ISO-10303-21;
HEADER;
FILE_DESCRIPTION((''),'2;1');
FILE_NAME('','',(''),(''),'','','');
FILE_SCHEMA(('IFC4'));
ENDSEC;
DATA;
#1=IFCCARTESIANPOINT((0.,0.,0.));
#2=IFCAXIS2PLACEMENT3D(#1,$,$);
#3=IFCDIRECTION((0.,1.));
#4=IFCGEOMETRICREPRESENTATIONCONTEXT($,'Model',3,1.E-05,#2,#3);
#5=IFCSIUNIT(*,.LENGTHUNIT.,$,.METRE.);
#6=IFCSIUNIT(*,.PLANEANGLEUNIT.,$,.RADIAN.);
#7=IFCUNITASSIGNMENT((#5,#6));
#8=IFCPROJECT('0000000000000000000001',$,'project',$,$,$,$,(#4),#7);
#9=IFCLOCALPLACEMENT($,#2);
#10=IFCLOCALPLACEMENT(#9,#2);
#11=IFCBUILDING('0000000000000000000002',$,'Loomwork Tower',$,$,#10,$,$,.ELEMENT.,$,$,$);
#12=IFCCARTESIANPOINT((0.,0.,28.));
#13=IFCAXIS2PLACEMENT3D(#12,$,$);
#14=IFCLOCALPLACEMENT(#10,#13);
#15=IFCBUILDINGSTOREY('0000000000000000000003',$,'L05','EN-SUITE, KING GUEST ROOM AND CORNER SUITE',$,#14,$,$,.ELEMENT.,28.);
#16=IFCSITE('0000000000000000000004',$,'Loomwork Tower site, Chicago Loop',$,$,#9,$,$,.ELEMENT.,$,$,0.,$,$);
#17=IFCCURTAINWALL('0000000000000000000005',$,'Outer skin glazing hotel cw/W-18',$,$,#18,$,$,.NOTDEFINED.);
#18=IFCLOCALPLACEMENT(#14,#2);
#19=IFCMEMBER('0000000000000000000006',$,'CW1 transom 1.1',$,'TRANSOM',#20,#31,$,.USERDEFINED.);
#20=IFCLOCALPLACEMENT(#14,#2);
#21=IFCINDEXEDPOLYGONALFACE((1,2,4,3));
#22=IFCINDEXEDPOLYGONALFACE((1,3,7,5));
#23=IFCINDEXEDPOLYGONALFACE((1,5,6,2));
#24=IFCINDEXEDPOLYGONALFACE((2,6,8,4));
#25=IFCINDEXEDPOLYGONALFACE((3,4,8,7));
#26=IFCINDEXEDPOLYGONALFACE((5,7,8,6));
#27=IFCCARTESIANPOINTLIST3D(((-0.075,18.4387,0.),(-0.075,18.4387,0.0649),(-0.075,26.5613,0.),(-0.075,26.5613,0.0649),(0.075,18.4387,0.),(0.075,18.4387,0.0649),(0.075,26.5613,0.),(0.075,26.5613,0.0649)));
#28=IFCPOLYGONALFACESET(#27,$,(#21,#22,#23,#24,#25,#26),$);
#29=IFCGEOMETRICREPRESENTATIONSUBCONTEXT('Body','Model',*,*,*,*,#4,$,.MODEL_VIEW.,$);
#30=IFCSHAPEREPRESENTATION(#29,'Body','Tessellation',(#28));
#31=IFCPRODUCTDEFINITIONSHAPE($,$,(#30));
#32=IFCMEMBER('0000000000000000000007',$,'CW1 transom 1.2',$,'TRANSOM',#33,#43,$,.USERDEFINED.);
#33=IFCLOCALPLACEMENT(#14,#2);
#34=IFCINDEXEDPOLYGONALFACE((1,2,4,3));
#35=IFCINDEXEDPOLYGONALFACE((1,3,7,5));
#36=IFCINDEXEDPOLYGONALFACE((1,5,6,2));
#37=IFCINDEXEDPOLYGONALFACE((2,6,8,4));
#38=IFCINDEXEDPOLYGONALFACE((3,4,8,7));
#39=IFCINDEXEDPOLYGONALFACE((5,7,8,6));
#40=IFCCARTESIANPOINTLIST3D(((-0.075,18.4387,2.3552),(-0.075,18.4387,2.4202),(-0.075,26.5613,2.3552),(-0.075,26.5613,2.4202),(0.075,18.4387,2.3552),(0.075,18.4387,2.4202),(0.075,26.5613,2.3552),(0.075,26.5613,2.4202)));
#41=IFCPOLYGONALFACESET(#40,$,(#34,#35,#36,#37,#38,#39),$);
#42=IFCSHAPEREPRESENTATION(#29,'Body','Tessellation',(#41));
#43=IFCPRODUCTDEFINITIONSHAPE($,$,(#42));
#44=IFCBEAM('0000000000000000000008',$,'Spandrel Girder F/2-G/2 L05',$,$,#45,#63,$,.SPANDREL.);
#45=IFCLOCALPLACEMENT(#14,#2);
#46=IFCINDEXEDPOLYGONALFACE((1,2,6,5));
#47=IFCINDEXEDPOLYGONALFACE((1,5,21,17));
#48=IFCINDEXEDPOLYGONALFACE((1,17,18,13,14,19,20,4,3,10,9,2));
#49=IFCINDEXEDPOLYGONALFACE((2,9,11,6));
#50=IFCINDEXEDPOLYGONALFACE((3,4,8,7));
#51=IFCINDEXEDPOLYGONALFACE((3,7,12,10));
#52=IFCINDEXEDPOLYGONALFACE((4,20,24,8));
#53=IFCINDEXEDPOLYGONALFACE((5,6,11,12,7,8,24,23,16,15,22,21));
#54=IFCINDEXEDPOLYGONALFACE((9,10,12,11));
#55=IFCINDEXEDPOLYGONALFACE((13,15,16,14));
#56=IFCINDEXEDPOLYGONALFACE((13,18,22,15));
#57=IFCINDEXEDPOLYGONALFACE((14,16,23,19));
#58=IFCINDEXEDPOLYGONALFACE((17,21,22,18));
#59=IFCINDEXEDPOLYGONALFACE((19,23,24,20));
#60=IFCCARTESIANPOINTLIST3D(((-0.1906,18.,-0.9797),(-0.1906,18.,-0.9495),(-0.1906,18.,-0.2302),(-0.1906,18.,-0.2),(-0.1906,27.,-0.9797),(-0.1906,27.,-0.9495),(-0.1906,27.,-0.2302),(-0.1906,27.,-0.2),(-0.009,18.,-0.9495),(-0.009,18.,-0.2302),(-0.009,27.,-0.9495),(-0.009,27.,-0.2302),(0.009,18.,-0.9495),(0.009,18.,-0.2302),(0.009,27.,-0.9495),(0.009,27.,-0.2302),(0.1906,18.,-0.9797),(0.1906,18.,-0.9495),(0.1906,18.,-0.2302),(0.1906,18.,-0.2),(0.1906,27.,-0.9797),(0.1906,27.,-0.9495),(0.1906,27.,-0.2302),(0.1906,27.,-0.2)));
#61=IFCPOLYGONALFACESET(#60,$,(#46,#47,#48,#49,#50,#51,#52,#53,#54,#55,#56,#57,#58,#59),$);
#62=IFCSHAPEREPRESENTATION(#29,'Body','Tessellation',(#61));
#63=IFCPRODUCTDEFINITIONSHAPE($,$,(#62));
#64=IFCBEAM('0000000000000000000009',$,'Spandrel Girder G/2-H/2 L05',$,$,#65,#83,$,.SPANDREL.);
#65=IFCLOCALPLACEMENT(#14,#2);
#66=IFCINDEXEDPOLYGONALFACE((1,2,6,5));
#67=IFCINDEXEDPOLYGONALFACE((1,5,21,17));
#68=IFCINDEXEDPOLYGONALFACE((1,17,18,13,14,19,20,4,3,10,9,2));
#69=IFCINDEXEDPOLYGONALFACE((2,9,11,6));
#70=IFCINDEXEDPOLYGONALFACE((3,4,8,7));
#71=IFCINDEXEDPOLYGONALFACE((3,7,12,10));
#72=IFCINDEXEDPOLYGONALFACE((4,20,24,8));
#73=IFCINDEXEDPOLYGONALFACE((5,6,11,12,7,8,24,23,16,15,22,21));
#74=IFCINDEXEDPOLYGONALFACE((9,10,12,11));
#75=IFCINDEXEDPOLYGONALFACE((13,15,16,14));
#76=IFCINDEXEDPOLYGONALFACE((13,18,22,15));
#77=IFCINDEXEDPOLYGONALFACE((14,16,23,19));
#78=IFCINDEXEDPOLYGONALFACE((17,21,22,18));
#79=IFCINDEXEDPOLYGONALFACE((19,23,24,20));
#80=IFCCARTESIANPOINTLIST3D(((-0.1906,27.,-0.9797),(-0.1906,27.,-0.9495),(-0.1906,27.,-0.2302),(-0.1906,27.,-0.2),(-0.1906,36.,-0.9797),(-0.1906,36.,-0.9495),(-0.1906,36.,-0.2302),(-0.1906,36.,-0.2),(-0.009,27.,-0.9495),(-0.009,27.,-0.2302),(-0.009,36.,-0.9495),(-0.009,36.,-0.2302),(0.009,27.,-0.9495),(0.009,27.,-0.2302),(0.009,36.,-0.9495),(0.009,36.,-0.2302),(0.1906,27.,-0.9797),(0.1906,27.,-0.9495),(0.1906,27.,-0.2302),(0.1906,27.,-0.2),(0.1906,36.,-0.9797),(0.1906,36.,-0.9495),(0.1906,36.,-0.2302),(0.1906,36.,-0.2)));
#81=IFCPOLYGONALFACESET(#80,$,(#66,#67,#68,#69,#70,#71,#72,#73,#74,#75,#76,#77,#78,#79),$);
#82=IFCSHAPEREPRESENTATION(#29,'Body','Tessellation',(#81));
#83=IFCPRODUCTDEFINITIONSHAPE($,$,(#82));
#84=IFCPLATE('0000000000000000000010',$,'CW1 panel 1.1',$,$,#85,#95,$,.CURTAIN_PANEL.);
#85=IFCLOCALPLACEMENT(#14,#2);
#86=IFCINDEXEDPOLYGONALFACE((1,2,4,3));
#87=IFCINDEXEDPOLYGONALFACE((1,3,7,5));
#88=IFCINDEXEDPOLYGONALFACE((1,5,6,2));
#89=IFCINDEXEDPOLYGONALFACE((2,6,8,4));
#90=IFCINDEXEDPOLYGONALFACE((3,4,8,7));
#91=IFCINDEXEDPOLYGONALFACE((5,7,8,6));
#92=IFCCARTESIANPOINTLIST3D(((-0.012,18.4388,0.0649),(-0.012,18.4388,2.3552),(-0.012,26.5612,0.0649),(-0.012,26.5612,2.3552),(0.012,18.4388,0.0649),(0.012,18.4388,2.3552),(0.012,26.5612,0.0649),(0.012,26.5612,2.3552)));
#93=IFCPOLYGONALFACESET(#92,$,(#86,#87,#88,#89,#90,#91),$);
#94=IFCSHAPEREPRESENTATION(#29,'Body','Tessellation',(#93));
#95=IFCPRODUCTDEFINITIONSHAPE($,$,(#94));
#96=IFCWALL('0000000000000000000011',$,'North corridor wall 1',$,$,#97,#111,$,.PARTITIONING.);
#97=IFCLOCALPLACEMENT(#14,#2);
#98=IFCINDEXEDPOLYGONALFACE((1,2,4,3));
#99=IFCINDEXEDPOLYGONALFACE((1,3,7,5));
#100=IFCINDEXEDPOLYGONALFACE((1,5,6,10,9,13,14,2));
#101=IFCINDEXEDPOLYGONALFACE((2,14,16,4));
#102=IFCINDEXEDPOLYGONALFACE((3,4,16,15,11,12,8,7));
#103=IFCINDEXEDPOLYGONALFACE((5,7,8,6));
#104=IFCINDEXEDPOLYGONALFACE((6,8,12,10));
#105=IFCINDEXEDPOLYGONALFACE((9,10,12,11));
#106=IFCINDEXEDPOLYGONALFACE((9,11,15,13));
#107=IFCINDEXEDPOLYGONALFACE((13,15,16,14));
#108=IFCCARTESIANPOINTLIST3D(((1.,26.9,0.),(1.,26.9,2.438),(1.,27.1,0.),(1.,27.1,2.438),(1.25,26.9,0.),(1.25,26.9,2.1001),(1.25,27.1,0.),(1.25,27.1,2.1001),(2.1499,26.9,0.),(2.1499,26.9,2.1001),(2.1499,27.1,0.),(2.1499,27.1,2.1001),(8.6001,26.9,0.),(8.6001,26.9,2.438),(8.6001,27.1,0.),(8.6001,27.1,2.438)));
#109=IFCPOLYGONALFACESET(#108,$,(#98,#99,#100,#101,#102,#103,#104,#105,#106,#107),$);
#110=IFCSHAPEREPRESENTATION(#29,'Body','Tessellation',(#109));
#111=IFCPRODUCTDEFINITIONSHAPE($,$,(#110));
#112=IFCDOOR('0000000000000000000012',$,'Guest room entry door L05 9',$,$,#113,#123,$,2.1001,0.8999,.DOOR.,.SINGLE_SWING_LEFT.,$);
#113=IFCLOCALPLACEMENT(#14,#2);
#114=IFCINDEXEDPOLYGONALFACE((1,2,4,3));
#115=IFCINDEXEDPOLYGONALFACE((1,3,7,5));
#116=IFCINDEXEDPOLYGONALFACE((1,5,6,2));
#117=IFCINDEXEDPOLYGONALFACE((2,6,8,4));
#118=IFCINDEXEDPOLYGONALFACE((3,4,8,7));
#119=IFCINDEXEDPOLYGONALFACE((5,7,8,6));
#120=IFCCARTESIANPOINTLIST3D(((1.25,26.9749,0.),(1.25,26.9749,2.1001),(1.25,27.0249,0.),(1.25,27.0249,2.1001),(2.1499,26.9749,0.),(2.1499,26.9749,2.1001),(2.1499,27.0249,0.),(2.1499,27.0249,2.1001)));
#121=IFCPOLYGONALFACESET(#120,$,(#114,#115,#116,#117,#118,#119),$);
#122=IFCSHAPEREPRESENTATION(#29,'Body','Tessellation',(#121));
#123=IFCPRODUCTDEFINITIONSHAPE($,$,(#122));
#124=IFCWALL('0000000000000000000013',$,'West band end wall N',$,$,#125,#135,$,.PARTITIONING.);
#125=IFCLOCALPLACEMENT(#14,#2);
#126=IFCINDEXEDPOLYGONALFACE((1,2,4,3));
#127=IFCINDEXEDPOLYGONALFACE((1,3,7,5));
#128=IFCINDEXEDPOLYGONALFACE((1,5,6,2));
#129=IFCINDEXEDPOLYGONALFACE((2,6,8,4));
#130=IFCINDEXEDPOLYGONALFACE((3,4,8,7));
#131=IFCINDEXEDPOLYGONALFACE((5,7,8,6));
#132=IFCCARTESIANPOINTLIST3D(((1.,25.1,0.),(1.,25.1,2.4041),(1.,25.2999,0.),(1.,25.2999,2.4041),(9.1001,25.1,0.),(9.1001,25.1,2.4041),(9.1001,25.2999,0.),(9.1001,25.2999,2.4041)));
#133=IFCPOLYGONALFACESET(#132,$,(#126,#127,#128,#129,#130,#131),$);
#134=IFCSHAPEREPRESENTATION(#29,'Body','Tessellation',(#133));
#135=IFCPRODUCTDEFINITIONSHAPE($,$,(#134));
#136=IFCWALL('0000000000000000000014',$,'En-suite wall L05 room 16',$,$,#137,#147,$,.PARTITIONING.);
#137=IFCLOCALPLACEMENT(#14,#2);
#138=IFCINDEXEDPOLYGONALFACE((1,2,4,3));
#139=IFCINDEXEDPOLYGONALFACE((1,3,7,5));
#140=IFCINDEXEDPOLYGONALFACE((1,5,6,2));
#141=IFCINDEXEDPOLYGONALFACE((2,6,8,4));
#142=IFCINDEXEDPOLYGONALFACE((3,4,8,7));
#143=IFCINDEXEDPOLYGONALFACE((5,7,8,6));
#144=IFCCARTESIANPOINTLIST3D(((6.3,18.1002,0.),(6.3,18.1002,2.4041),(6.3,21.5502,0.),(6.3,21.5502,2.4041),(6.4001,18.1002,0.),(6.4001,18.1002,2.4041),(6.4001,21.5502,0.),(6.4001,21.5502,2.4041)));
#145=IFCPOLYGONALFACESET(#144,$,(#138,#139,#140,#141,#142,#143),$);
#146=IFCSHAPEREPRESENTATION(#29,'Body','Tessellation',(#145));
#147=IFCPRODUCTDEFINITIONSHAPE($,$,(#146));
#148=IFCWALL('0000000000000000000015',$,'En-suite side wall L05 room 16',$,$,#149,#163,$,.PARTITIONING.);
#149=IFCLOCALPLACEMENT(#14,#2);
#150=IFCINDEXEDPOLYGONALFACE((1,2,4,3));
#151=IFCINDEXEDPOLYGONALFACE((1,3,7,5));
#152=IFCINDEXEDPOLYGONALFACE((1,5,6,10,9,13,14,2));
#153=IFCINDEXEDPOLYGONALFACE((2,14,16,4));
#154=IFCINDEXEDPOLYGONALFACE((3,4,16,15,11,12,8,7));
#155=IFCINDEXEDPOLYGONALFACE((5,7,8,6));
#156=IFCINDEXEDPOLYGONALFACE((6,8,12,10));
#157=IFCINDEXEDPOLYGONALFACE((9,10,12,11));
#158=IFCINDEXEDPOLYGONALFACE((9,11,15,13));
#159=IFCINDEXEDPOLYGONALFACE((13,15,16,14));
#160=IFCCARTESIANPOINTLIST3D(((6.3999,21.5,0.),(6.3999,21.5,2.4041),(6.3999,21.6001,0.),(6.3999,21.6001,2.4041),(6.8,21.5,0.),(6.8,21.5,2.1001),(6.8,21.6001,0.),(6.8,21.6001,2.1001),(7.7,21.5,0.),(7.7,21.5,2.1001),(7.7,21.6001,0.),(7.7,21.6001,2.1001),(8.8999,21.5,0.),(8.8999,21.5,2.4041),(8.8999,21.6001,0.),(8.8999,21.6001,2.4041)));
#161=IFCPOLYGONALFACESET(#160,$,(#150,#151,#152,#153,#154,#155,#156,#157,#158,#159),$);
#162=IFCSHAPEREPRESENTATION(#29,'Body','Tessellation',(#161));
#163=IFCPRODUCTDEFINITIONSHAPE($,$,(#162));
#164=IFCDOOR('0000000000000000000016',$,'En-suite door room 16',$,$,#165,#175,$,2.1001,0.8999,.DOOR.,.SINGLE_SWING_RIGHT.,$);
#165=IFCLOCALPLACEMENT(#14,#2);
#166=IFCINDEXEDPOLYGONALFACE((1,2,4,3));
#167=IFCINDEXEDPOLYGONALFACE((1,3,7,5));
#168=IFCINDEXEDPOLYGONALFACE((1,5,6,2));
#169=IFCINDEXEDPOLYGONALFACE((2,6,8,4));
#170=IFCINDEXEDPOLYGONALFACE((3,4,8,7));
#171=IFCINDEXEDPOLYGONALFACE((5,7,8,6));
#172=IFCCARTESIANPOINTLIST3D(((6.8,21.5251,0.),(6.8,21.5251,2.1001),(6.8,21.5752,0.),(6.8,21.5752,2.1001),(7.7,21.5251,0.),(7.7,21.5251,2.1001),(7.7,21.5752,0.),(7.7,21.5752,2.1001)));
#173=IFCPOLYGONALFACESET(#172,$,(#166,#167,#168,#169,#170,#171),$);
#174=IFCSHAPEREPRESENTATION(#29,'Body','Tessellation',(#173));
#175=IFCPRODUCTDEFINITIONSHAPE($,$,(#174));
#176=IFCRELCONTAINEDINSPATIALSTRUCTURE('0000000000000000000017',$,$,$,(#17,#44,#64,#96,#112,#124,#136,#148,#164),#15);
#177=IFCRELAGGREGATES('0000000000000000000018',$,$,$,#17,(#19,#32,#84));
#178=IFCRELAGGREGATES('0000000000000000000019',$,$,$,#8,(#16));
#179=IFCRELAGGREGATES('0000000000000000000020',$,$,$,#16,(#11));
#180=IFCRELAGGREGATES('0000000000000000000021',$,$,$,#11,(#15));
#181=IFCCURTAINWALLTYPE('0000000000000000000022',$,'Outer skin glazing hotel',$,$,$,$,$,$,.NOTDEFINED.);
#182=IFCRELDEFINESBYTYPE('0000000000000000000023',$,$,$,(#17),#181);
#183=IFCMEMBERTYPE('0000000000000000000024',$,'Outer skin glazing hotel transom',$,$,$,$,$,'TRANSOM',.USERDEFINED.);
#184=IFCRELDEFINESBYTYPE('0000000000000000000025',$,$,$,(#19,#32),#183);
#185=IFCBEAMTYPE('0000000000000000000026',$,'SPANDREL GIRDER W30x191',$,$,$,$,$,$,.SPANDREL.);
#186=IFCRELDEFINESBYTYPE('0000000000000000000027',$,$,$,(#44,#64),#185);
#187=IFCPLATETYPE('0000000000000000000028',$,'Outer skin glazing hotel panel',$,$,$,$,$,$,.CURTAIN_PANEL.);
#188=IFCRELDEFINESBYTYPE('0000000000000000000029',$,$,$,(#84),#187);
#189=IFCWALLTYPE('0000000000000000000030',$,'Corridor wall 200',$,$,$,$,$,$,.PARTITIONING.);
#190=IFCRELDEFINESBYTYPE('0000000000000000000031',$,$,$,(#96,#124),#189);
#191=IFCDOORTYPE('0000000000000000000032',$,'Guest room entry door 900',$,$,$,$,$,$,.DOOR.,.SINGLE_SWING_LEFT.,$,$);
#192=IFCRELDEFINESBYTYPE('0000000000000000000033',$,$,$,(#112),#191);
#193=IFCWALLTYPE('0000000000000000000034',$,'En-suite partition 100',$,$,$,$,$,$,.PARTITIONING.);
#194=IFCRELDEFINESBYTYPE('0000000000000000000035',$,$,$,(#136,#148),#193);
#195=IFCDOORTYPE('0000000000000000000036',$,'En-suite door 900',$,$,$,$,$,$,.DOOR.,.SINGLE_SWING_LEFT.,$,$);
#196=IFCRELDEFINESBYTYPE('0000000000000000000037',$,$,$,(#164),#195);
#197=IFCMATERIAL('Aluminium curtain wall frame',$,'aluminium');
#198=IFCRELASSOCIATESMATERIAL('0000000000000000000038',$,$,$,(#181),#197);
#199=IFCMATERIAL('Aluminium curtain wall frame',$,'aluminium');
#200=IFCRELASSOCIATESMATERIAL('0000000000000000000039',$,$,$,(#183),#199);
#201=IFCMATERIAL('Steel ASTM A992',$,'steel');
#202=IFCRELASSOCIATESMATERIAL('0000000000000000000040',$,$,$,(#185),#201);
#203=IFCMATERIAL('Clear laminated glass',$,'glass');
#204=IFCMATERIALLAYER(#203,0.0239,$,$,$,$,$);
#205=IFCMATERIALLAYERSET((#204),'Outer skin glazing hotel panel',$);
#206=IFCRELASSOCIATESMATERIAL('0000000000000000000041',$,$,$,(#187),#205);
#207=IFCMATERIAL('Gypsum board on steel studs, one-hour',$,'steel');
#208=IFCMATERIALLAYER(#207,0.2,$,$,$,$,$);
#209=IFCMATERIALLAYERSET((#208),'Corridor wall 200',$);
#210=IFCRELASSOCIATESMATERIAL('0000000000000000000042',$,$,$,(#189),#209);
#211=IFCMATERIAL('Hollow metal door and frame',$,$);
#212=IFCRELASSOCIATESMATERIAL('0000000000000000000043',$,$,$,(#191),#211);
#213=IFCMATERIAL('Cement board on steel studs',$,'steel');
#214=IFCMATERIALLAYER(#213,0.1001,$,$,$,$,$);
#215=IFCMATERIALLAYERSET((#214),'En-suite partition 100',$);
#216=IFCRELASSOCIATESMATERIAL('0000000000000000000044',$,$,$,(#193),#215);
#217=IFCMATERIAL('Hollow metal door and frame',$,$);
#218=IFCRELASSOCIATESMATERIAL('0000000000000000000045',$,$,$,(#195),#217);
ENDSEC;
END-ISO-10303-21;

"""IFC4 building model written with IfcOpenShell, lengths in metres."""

from ifc_helpers import new_model, si_unit, direction, frame, frame_2d, origin, origin_2d, place, context, subcontext, project, spatial, rectangle, i_section, extrude, material, layer, layer_set, material_profile, profile_set, type_object, element, fill, aggregate, save


model = new_model("IFC4")

# Units and contexts
model_context = context("Model", 3, precision=1e-05, world=origin(), true_north=direction((0.0, 1.0)))
body_context = subcontext(model_context, "Body", "Model", "MODEL_VIEW")
ifc_project = project(units=[si_unit("LENGTHUNIT", "METRE"), si_unit("PLANEANGLEUNIT", "RADIAN")], contexts=[model_context])

# Site, building, storey
site_placement = place(None, origin())
site = spatial("IfcSite", under=ifc_project, at=site_placement, Name="Loomwork Tower site, Chicago Loop", CompositionType="ELEMENT", RefElevation=0.0)
building_placement = place(site_placement, origin())
building = spatial("IfcBuilding", under=site, at=building_placement, Name="Loomwork Tower", CompositionType="ELEMENT")
storey_placement = place(building_placement, frame((0.0, 0.0, 28.0)))
storey = spatial("IfcBuildingStorey", under=building, at=storey_placement, Name="L05", Description="EN-SUITE, KING GUEST ROOM AND CORNER SUITE", CompositionType="ELEMENT", Elevation=28.0)

# Curtain wall, members
ifc_material_1 = material(Name="Aluminium curtain wall frame", Category="aluminium")
curtain_wall_type = type_object("IfcCurtainWallType", Name="Outer skin glazing hotel", PredefinedType="NOTDEFINED", material=ifc_material_1)
curtain_wall_placement = place(storey_placement, origin())
curtain_wall = element("IfcCurtainWall", 1, at=curtain_wall_placement, inside=storey, type_object=curtain_wall_type, Name="Outer skin glazing hotel cw/W-18", PredefinedType="NOTDEFINED")
ifc_material_2 = material(Name="Aluminium curtain wall frame", Category="aluminium")
ifc_material_profile_1 = material_profile(ifc_material_2, rectangle(XDim=0.1499, YDim=0.0649, at=origin_2d()), Name="AL 65x150")
ifc_profile_set_1 = profile_set([ifc_material_profile_1], Name="Aluminium curtain wall frame")
member_type_1 = type_object("IfcMemberType", Name="Outer skin glazing hotel transom", ElementType="TRANSOM", PredefinedType="USERDEFINED", material=ifc_profile_set_1)
member_1_placement = place(storey_placement, frame((0.0, 26.5613, 0.0325), z_axis=(0.0, -1.0, 0.0), x_axis=(1.0, 0.0, 0.0)))
member_1 = element("IfcMember", 2, at=member_1_placement, type_object=member_type_1, Name="CW1 transom 1.1", ObjectType="TRANSOM", PredefinedType="USERDEFINED", context=body_context, shape_type="SweptSolid", body=[
    extrude(rectangle(XDim=0.1499, YDim=0.0649, at=origin_2d()), origin(), (0.0, 0.0, 1.0), 8.1226),
])
member_2_placement = place(storey_placement, frame((0.0, 26.5613, 2.3877), z_axis=(0.0, -1.0, 0.0), x_axis=(1.0, 0.0, 0.0)))
member_2 = element("IfcMember", 3, at=member_2_placement, type_object=member_type_1, Name="CW1 transom 1.2", ObjectType="TRANSOM", PredefinedType="USERDEFINED", context=body_context, shape_type="SweptSolid", body=[
    extrude(rectangle(XDim=0.1499, YDim=0.0649, at=origin_2d()), origin(), (0.0, 0.0, 1.0), 8.1226),
])

# Beams
ifc_material_3 = material(Name="Steel ASTM A992", Category="steel")
ifc_material_profile_2 = material_profile(ifc_material_3, i_section(OverallWidth=0.3811, OverallDepth=0.7798, WebThickness=0.0181, FlangeThickness=0.0303, at=origin_2d()), Name="W30x191")
ifc_profile_set_2 = profile_set([ifc_material_profile_2], Name="Steel ASTM A992")
beam_type_1 = type_object("IfcBeamType", Name="SPANDREL GIRDER W30x191", PredefinedType="SPANDREL", material=ifc_profile_set_2)
for number, where, z_axis, x_axis, name in (
    (4, (0.0, 18.0, -0.5898), (0.0, 1.0, 0.0), (-1.0, 0.0, 0.0), "Spandrel Girder F/2-G/2 L05"),
    (5, (0.0, 27.0, -0.5898), (0.0, 1.0, 0.0), (-1.0, 0.0, 0.0), "Spandrel Girder G/2-H/2 L05"),
):
    element("IfcBeam", number, at=place(storey_placement, frame(where, z_axis=z_axis, x_axis=x_axis)), inside=storey, type_object=beam_type_1, Name=name, PredefinedType="SPANDREL", context=body_context, shape_type="SweptSolid", body=[
        extrude(i_section(OverallWidth=0.3811, OverallDepth=0.7798, WebThickness=0.0181, FlangeThickness=0.0303, at=origin_2d()), origin(), (0.0, 0.0, 1.0), 9.0),
    ])

# Plate
ifc_material_4 = material(Name="Clear laminated glass", Category="glass")
ifc_layer_1 = layer(ifc_material_4, 0.0239)
ifc_layer_set_1 = layer_set([ifc_layer_1], Name="Outer skin glazing hotel panel")
plate_type = type_object("IfcPlateType", Name="Outer skin glazing hotel panel", PredefinedType="CURTAIN_PANEL", material=ifc_layer_set_1)
plate_placement = place(storey_placement, frame((0.0, 22.5, 0.0649), z_axis=(0.0, 0.0, 1.0), x_axis=(0.0, -1.0, 0.0)))
plate = element("IfcPlate", 6, at=plate_placement, type_object=plate_type, Name="CW1 panel 1.1", PredefinedType="CURTAIN_PANEL", context=body_context, shape_type="SweptSolid", body=[
    extrude(rectangle(XDim=8.1223, YDim=0.0239, at=origin_2d()), origin(), (0.0, 0.0, 1.0), 2.2903),
])
aggregate(curtain_wall, [member_1, member_2, plate])

# Wall, opening, door
ifc_material_5 = material(Name="Gypsum board on steel studs, one-hour", Category="steel")
ifc_layer_2 = layer(ifc_material_5, 0.2)
ifc_layer_set_2 = layer_set([ifc_layer_2], Name="Corridor wall 200")
wall_type_1 = type_object("IfcWallType", Name="Corridor wall 200", PredefinedType="PARTITIONING", material=ifc_layer_set_2)
wall_1_placement = place(storey_placement, frame((1.0, 27.0, 0.0), z_axis=(0.0, 0.0, 1.0), x_axis=(1.0, 0.0, 0.0)))
wall_1 = element("IfcWall", 7, at=wall_1_placement, inside=storey, type_object=wall_type_1, Name="North corridor wall 1", PredefinedType="PARTITIONING", context=body_context, shape_type="SweptSolid", body=[
    extrude(rectangle(XDim=7.6001, YDim=0.2, at=frame_2d((3.8, 0.0))), origin(), (0.0, 0.0, 1.0), 2.438),
])
opening_1_placement = place(wall_1_placement, frame((0.25, 0.0, 0.0)))
opening_1 = element("IfcOpeningElement", 8, at=opening_1_placement, cuts=wall_1, PredefinedType="OPENING", context=body_context, shape_type="SweptSolid", body=[
    extrude(rectangle(XDim=0.8999, YDim=2.1001, at=frame_2d((0.45, 1.05))), frame((0.0, 0.1099, 0.0), z_axis=(0.0, -1.0, 0.0), x_axis=(1.0, 0.0, 0.0)), (0.0, 0.0, 1.0), 0.22),
])
ifc_material_6 = material(Name="Hollow metal door and frame")
door_type_1 = type_object("IfcDoorType", Name="Guest room entry door 900", OperationType="SINGLE_SWING_LEFT", PredefinedType="DOOR", material=ifc_material_6)
door_1_placement = place(opening_1_placement, origin())
door_1 = element("IfcDoor", 9, at=door_1_placement, inside=storey, type_object=door_type_1, Name="Guest room entry door L05 9", OperationType="SINGLE_SWING_LEFT", OverallHeight=2.1001, OverallWidth=0.8999, PredefinedType="DOOR", context=body_context, shape_type="SweptSolid", body=[
    extrude(rectangle(XDim=0.8999, YDim=2.1001, at=frame_2d((0.45, 1.05))), frame((0.0, 0.0249, 0.0), z_axis=(0.0, -1.0, 0.0), x_axis=(1.0, 0.0, 0.0)), (0.0, 0.0, 1.0), 0.05),
])
fill(opening_1, door_1)

# Walls
wall_2_placement = place(storey_placement, frame((1.0, 25.2, 0.0), z_axis=(0.0, 0.0, 1.0), x_axis=(1.0, 0.0, 0.0)))
element("IfcWall", 10, at=wall_2_placement, inside=storey, type_object=wall_type_1, Name="West band end wall N", PredefinedType="PARTITIONING", context=body_context, shape_type="SweptSolid", body=[
    extrude(rectangle(XDim=8.1001, YDim=0.2, at=frame_2d((4.05, 0.0))), origin(), (0.0, 0.0, 1.0), 2.4041),
])
ifc_material_7 = material(Name="Cement board on steel studs", Category="steel")
ifc_layer_3 = layer(ifc_material_7, 0.1001)
ifc_layer_set_3 = layer_set([ifc_layer_3], Name="En-suite partition 100")
wall_type_2 = type_object("IfcWallType", Name="En-suite partition 100", PredefinedType="PARTITIONING", material=ifc_layer_set_3)
wall_3_placement = place(storey_placement, frame((6.3501, 18.1001, 0.0), z_axis=(0.0, 0.0, 1.0), x_axis=(0.0, 1.0, 0.0)))
element("IfcWall", 11, at=wall_3_placement, inside=storey, type_object=wall_type_2, Name="En-suite wall L05 room 16", PredefinedType="PARTITIONING", context=body_context, shape_type="SweptSolid", body=[
    extrude(rectangle(XDim=3.45, YDim=0.1001, at=frame_2d((1.7251, 0.0))), origin(), (0.0, 0.0, 1.0), 2.4041),
])

# Wall, opening, door
wall_4_placement = place(storey_placement, frame((8.8999, 21.55, 0.0), z_axis=(0.0, 0.0, 1.0), x_axis=(-1.0, 0.0, 0.0)))
wall_4 = element("IfcWall", 12, at=wall_4_placement, inside=storey, type_object=wall_type_2, Name="En-suite side wall L05 room 16", PredefinedType="PARTITIONING", context=body_context, shape_type="SweptSolid", body=[
    extrude(rectangle(XDim=2.5, YDim=0.1001, at=frame_2d((1.25, 0.0))), origin(), (0.0, 0.0, 1.0), 2.4041),
])
opening_2_placement = place(wall_4_placement, frame((1.2, 0.0, 0.0)))
opening_2 = element("IfcOpeningElement", 13, at=opening_2_placement, cuts=wall_4, PredefinedType="OPENING", context=body_context, shape_type="SweptSolid", body=[
    extrude(rectangle(XDim=0.8999, YDim=2.1001, at=frame_2d((0.45, 1.05))), frame((0.0, 0.0601, 0.0), z_axis=(0.0, -1.0, 0.0), x_axis=(1.0, 0.0, 0.0)), (0.0, 0.0, 1.0), 0.1201),
])
ifc_material_8 = material(Name="Hollow metal door and frame")
door_type_2 = type_object("IfcDoorType", Name="En-suite door 900", OperationType="SINGLE_SWING_LEFT", PredefinedType="DOOR", material=ifc_material_8)
door_2_placement = place(opening_2_placement, origin())
door_2 = element("IfcDoor", 14, at=door_2_placement, inside=storey, type_object=door_type_2, Name="En-suite door room 16", OperationType="SINGLE_SWING_RIGHT", OverallHeight=2.1001, OverallWidth=0.8999, PredefinedType="DOOR", context=body_context, shape_type="SweptSolid", body=[
    extrude(rectangle(XDim=0.8999, YDim=2.1001, at=frame_2d((0.45, 1.05))), frame((0.0, 0.0249, 0.0), z_axis=(0.0, -1.0, 0.0), x_axis=(1.0, 0.0, 0.0)), (0.0, 0.0, 1.0), 0.05),
])
fill(opening_2, door_2)

save(model, "model.ifc")
